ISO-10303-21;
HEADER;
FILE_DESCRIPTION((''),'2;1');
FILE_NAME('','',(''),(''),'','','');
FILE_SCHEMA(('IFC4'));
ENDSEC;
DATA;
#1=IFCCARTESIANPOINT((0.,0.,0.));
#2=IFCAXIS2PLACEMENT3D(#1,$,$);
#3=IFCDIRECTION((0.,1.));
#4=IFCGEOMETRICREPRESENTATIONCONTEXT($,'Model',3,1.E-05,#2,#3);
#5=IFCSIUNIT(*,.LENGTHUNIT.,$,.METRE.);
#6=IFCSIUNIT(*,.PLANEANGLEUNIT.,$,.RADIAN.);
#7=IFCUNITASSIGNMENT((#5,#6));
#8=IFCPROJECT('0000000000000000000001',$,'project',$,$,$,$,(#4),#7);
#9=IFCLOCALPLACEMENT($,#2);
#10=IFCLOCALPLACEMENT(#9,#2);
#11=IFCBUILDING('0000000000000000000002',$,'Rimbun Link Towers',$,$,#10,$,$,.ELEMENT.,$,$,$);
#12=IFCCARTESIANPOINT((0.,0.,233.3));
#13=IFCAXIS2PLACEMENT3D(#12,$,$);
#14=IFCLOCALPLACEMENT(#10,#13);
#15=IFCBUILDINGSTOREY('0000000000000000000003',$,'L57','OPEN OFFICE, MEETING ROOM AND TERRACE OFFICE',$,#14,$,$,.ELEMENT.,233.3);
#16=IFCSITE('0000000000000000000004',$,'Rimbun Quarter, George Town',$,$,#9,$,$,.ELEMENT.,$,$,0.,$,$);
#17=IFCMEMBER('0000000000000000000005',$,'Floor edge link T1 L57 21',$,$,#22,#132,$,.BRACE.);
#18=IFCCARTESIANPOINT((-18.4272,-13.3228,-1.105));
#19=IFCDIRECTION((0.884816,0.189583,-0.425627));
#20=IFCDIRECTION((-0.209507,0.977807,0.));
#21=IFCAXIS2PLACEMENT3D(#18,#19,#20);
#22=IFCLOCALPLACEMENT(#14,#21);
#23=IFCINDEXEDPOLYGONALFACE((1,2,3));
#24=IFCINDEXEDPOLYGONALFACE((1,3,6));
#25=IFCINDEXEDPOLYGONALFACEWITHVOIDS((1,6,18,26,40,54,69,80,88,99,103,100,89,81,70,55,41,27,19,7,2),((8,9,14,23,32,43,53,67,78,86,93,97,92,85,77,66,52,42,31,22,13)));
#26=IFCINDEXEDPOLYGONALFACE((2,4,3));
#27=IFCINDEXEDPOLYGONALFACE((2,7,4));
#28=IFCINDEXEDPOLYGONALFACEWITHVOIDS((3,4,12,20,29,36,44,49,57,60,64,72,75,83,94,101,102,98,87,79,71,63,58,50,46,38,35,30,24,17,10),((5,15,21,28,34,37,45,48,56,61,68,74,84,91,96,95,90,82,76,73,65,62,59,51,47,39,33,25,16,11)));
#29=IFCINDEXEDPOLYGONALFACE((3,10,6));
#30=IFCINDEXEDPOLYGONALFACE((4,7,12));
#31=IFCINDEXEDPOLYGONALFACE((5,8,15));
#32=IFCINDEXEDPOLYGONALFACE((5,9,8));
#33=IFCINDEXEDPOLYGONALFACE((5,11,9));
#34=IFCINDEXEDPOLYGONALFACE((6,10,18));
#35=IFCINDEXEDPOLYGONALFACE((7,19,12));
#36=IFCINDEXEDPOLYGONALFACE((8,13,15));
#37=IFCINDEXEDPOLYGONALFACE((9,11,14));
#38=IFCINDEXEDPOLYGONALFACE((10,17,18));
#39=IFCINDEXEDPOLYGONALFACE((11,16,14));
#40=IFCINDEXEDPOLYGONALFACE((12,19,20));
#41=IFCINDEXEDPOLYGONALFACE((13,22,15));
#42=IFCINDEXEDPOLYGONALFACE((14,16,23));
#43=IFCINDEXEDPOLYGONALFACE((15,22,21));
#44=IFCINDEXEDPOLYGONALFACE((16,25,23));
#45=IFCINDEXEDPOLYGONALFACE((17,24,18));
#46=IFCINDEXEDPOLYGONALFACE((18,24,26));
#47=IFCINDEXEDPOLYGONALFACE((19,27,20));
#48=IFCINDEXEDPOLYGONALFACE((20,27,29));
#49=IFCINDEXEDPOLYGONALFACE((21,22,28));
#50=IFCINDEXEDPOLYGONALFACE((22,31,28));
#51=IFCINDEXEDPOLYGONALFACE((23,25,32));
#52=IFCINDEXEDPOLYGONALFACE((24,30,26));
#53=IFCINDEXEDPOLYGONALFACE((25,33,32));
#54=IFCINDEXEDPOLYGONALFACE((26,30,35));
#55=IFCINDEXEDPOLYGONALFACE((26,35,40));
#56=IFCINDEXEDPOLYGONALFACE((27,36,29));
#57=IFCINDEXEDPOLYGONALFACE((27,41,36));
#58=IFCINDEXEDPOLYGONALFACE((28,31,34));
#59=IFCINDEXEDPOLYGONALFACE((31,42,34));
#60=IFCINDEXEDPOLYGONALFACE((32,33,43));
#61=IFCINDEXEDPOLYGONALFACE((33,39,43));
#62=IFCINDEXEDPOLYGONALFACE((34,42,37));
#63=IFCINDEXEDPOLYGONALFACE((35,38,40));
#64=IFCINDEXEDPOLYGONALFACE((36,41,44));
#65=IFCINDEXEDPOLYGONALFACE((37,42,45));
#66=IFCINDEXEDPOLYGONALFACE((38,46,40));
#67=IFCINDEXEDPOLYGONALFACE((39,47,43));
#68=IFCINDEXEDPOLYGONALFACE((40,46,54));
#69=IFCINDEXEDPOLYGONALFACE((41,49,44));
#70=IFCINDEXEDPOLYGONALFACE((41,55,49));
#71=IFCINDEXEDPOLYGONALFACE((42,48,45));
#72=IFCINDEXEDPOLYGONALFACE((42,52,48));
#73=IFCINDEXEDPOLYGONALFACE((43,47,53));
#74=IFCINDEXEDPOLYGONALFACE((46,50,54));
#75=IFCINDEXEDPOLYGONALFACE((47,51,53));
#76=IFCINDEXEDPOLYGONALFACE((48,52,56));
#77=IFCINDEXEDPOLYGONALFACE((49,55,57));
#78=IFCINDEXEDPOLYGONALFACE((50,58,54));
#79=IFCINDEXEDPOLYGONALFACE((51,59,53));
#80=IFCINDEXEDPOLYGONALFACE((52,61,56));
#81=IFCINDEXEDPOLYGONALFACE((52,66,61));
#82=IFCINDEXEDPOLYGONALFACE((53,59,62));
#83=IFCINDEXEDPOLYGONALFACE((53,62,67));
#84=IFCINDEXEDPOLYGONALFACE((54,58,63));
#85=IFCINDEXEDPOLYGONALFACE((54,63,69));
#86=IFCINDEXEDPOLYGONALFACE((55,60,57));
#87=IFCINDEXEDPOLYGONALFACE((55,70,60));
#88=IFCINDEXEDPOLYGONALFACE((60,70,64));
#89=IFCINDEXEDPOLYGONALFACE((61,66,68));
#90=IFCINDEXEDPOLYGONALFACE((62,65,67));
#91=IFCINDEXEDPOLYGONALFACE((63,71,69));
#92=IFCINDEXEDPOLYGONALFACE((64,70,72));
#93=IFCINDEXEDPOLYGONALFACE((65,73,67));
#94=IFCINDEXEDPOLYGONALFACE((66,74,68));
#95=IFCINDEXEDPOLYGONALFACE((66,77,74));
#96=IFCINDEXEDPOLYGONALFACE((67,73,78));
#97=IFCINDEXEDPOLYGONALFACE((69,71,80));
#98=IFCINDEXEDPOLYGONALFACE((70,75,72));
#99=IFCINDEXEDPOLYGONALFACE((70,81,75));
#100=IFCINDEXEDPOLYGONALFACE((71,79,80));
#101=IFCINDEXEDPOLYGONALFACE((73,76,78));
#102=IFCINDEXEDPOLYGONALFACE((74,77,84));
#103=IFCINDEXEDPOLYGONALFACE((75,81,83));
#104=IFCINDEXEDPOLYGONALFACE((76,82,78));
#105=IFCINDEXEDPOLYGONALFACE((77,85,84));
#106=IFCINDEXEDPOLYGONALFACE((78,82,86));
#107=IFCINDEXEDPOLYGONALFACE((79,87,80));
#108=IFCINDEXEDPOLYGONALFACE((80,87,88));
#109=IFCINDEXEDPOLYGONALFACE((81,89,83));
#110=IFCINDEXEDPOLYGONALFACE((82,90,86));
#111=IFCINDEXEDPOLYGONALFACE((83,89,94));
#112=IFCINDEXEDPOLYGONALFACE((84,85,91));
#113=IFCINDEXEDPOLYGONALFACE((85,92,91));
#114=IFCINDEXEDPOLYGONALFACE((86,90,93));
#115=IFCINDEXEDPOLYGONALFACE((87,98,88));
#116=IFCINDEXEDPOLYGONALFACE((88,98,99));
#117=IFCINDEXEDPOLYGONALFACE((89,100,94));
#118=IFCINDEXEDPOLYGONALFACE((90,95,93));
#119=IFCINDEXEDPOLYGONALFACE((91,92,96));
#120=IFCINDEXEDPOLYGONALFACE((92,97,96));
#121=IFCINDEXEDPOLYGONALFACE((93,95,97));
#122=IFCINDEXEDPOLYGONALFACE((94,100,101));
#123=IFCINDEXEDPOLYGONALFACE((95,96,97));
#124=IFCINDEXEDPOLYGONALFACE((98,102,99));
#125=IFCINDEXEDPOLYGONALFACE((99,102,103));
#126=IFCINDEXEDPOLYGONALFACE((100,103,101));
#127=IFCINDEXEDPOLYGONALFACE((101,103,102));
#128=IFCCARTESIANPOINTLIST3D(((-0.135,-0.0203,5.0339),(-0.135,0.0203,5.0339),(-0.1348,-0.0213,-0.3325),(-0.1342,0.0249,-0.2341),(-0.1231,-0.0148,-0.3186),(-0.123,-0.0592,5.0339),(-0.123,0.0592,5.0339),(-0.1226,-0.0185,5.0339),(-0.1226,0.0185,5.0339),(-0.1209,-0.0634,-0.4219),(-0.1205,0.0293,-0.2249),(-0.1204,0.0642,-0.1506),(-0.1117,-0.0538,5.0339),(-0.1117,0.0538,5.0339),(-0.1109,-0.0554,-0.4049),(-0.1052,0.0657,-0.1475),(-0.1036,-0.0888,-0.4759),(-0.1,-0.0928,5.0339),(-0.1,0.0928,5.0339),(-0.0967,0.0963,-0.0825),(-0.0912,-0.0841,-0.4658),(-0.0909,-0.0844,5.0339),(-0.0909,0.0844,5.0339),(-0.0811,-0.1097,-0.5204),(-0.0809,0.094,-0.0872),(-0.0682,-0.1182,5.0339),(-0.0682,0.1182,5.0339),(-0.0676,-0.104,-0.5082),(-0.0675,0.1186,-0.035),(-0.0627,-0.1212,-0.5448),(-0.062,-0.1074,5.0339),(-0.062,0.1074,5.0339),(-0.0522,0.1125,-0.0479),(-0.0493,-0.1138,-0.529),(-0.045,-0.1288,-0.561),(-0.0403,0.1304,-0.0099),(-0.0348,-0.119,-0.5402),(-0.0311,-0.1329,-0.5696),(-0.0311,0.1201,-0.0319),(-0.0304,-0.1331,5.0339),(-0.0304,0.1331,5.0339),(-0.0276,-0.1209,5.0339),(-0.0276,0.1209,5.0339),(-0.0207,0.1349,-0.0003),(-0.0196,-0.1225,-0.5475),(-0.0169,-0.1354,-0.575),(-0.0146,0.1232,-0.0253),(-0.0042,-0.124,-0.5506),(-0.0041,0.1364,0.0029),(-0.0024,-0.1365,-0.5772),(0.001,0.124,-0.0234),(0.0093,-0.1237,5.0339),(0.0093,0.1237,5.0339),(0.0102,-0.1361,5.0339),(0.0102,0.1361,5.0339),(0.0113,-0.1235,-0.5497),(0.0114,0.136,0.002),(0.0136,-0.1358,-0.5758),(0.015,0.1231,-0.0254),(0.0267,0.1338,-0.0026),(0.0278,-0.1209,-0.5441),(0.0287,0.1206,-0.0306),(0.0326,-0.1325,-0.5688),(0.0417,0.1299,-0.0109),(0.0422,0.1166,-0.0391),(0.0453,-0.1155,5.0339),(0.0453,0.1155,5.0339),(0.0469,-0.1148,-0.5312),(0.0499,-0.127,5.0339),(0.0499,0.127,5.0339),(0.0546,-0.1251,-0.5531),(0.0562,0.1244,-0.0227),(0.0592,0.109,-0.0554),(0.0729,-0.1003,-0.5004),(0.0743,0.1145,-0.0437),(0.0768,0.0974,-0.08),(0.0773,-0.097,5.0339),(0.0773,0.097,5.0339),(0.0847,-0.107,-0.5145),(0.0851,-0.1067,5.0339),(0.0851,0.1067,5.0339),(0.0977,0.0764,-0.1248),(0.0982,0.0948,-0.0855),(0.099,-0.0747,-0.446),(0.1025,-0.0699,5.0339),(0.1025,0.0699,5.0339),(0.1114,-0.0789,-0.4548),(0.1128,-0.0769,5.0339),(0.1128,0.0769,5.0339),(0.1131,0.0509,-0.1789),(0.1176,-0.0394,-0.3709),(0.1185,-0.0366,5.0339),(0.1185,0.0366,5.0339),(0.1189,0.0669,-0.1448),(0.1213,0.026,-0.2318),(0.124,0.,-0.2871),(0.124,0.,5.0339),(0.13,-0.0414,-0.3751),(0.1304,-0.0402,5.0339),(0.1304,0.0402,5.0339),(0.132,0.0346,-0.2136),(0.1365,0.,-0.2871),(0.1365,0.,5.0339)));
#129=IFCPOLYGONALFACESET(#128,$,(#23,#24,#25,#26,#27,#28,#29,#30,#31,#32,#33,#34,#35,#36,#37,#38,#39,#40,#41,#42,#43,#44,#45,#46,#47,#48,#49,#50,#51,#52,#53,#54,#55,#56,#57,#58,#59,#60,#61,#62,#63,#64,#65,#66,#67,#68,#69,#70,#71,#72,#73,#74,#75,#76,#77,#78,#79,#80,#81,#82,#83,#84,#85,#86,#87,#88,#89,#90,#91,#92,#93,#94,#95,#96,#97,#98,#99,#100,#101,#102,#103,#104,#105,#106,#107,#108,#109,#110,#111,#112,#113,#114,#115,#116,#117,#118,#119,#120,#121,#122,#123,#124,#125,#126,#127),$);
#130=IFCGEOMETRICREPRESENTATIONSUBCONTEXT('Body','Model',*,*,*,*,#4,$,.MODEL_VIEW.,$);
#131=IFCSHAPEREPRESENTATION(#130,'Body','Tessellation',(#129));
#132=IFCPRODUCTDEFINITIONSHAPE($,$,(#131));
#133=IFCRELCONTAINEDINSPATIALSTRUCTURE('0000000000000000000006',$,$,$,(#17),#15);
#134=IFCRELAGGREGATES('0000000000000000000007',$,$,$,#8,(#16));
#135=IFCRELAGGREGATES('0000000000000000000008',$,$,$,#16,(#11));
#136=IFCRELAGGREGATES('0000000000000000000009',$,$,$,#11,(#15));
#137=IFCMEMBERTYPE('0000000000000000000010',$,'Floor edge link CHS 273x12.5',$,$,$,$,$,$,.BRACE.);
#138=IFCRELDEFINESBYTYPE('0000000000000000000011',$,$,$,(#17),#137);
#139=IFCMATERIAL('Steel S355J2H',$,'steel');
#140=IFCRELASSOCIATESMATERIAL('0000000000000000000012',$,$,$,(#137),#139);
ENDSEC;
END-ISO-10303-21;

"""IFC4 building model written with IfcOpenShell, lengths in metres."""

from ifc_helpers import new_model, si_unit, direction, frame, origin, origin_2d, place, context, subcontext, project, spatial, hollow_circle, extrude, clip, halfspace, material, material_profile, profile_set, type_object, element, save


model = new_model("IFC4")

# Units and contexts
model_context = context("Model", 3, precision=1e-05, world=origin(), true_north=direction((0.0, 1.0)))
body_context = subcontext(model_context, "Body", "Model", "MODEL_VIEW")
ifc_project = project(units=[si_unit("LENGTHUNIT", "METRE"), si_unit("PLANEANGLEUNIT", "RADIAN")], contexts=[model_context])

# Site, building, storey
site_placement = place(None, origin())
site = spatial("IfcSite", under=ifc_project, at=site_placement, Name="Rimbun Quarter, George Town", CompositionType="ELEMENT", RefElevation=0.0)
building_placement = place(site_placement, origin())
building = spatial("IfcBuilding", under=site, at=building_placement, Name="Rimbun Link Towers", CompositionType="ELEMENT")
storey_placement = place(building_placement, frame((0.0, 0.0, 233.3)))
storey = spatial("IfcBuildingStorey", under=building, at=storey_placement, Name="L57", Description="OPEN OFFICE, MEETING ROOM AND TERRACE OFFICE", CompositionType="ELEMENT", Elevation=233.3)

# Member
ifc_material_1 = material(Name="Steel S355J2H", Category="steel")
ifc_material_profile_1 = material_profile(ifc_material_1, hollow_circle(Radius=0.1365, WallThickness=0.0125, at=origin_2d()), Name="CHS 273x12.5")
ifc_profile_set_1 = profile_set([ifc_material_profile_1], Name="Steel S355J2H")
member_type_1 = type_object("IfcMemberType", Name="Floor edge link CHS 273x12.5", PredefinedType="BRACE", material=ifc_profile_set_1)
member_1_placement = place(storey_placement, frame((-18.4272, -13.3228, -1.105), z_axis=(0.884816, 0.189583, -0.425627), x_axis=(-0.209507, 0.977807, 0.0)))
element("IfcMember", 1, at=member_1_placement, inside=storey, type_object=member_type_1, Name="Floor edge link T1 L57 21", PredefinedType="BRACE", context=body_context, shape_type="Clipping", body=[
    clip(extrude(hollow_circle(Radius=0.1365, WallThickness=0.0125, at=origin_2d()), frame((0.0, 0.0, -0.604)), (0.0, 0.0, 1.0), 5.6379), halfspace(frame((0.0, 0.0, -0.2871), z_axis=(0.0, 0.904898, -0.425627)), False)),
])

save(model, "model.ifc")
